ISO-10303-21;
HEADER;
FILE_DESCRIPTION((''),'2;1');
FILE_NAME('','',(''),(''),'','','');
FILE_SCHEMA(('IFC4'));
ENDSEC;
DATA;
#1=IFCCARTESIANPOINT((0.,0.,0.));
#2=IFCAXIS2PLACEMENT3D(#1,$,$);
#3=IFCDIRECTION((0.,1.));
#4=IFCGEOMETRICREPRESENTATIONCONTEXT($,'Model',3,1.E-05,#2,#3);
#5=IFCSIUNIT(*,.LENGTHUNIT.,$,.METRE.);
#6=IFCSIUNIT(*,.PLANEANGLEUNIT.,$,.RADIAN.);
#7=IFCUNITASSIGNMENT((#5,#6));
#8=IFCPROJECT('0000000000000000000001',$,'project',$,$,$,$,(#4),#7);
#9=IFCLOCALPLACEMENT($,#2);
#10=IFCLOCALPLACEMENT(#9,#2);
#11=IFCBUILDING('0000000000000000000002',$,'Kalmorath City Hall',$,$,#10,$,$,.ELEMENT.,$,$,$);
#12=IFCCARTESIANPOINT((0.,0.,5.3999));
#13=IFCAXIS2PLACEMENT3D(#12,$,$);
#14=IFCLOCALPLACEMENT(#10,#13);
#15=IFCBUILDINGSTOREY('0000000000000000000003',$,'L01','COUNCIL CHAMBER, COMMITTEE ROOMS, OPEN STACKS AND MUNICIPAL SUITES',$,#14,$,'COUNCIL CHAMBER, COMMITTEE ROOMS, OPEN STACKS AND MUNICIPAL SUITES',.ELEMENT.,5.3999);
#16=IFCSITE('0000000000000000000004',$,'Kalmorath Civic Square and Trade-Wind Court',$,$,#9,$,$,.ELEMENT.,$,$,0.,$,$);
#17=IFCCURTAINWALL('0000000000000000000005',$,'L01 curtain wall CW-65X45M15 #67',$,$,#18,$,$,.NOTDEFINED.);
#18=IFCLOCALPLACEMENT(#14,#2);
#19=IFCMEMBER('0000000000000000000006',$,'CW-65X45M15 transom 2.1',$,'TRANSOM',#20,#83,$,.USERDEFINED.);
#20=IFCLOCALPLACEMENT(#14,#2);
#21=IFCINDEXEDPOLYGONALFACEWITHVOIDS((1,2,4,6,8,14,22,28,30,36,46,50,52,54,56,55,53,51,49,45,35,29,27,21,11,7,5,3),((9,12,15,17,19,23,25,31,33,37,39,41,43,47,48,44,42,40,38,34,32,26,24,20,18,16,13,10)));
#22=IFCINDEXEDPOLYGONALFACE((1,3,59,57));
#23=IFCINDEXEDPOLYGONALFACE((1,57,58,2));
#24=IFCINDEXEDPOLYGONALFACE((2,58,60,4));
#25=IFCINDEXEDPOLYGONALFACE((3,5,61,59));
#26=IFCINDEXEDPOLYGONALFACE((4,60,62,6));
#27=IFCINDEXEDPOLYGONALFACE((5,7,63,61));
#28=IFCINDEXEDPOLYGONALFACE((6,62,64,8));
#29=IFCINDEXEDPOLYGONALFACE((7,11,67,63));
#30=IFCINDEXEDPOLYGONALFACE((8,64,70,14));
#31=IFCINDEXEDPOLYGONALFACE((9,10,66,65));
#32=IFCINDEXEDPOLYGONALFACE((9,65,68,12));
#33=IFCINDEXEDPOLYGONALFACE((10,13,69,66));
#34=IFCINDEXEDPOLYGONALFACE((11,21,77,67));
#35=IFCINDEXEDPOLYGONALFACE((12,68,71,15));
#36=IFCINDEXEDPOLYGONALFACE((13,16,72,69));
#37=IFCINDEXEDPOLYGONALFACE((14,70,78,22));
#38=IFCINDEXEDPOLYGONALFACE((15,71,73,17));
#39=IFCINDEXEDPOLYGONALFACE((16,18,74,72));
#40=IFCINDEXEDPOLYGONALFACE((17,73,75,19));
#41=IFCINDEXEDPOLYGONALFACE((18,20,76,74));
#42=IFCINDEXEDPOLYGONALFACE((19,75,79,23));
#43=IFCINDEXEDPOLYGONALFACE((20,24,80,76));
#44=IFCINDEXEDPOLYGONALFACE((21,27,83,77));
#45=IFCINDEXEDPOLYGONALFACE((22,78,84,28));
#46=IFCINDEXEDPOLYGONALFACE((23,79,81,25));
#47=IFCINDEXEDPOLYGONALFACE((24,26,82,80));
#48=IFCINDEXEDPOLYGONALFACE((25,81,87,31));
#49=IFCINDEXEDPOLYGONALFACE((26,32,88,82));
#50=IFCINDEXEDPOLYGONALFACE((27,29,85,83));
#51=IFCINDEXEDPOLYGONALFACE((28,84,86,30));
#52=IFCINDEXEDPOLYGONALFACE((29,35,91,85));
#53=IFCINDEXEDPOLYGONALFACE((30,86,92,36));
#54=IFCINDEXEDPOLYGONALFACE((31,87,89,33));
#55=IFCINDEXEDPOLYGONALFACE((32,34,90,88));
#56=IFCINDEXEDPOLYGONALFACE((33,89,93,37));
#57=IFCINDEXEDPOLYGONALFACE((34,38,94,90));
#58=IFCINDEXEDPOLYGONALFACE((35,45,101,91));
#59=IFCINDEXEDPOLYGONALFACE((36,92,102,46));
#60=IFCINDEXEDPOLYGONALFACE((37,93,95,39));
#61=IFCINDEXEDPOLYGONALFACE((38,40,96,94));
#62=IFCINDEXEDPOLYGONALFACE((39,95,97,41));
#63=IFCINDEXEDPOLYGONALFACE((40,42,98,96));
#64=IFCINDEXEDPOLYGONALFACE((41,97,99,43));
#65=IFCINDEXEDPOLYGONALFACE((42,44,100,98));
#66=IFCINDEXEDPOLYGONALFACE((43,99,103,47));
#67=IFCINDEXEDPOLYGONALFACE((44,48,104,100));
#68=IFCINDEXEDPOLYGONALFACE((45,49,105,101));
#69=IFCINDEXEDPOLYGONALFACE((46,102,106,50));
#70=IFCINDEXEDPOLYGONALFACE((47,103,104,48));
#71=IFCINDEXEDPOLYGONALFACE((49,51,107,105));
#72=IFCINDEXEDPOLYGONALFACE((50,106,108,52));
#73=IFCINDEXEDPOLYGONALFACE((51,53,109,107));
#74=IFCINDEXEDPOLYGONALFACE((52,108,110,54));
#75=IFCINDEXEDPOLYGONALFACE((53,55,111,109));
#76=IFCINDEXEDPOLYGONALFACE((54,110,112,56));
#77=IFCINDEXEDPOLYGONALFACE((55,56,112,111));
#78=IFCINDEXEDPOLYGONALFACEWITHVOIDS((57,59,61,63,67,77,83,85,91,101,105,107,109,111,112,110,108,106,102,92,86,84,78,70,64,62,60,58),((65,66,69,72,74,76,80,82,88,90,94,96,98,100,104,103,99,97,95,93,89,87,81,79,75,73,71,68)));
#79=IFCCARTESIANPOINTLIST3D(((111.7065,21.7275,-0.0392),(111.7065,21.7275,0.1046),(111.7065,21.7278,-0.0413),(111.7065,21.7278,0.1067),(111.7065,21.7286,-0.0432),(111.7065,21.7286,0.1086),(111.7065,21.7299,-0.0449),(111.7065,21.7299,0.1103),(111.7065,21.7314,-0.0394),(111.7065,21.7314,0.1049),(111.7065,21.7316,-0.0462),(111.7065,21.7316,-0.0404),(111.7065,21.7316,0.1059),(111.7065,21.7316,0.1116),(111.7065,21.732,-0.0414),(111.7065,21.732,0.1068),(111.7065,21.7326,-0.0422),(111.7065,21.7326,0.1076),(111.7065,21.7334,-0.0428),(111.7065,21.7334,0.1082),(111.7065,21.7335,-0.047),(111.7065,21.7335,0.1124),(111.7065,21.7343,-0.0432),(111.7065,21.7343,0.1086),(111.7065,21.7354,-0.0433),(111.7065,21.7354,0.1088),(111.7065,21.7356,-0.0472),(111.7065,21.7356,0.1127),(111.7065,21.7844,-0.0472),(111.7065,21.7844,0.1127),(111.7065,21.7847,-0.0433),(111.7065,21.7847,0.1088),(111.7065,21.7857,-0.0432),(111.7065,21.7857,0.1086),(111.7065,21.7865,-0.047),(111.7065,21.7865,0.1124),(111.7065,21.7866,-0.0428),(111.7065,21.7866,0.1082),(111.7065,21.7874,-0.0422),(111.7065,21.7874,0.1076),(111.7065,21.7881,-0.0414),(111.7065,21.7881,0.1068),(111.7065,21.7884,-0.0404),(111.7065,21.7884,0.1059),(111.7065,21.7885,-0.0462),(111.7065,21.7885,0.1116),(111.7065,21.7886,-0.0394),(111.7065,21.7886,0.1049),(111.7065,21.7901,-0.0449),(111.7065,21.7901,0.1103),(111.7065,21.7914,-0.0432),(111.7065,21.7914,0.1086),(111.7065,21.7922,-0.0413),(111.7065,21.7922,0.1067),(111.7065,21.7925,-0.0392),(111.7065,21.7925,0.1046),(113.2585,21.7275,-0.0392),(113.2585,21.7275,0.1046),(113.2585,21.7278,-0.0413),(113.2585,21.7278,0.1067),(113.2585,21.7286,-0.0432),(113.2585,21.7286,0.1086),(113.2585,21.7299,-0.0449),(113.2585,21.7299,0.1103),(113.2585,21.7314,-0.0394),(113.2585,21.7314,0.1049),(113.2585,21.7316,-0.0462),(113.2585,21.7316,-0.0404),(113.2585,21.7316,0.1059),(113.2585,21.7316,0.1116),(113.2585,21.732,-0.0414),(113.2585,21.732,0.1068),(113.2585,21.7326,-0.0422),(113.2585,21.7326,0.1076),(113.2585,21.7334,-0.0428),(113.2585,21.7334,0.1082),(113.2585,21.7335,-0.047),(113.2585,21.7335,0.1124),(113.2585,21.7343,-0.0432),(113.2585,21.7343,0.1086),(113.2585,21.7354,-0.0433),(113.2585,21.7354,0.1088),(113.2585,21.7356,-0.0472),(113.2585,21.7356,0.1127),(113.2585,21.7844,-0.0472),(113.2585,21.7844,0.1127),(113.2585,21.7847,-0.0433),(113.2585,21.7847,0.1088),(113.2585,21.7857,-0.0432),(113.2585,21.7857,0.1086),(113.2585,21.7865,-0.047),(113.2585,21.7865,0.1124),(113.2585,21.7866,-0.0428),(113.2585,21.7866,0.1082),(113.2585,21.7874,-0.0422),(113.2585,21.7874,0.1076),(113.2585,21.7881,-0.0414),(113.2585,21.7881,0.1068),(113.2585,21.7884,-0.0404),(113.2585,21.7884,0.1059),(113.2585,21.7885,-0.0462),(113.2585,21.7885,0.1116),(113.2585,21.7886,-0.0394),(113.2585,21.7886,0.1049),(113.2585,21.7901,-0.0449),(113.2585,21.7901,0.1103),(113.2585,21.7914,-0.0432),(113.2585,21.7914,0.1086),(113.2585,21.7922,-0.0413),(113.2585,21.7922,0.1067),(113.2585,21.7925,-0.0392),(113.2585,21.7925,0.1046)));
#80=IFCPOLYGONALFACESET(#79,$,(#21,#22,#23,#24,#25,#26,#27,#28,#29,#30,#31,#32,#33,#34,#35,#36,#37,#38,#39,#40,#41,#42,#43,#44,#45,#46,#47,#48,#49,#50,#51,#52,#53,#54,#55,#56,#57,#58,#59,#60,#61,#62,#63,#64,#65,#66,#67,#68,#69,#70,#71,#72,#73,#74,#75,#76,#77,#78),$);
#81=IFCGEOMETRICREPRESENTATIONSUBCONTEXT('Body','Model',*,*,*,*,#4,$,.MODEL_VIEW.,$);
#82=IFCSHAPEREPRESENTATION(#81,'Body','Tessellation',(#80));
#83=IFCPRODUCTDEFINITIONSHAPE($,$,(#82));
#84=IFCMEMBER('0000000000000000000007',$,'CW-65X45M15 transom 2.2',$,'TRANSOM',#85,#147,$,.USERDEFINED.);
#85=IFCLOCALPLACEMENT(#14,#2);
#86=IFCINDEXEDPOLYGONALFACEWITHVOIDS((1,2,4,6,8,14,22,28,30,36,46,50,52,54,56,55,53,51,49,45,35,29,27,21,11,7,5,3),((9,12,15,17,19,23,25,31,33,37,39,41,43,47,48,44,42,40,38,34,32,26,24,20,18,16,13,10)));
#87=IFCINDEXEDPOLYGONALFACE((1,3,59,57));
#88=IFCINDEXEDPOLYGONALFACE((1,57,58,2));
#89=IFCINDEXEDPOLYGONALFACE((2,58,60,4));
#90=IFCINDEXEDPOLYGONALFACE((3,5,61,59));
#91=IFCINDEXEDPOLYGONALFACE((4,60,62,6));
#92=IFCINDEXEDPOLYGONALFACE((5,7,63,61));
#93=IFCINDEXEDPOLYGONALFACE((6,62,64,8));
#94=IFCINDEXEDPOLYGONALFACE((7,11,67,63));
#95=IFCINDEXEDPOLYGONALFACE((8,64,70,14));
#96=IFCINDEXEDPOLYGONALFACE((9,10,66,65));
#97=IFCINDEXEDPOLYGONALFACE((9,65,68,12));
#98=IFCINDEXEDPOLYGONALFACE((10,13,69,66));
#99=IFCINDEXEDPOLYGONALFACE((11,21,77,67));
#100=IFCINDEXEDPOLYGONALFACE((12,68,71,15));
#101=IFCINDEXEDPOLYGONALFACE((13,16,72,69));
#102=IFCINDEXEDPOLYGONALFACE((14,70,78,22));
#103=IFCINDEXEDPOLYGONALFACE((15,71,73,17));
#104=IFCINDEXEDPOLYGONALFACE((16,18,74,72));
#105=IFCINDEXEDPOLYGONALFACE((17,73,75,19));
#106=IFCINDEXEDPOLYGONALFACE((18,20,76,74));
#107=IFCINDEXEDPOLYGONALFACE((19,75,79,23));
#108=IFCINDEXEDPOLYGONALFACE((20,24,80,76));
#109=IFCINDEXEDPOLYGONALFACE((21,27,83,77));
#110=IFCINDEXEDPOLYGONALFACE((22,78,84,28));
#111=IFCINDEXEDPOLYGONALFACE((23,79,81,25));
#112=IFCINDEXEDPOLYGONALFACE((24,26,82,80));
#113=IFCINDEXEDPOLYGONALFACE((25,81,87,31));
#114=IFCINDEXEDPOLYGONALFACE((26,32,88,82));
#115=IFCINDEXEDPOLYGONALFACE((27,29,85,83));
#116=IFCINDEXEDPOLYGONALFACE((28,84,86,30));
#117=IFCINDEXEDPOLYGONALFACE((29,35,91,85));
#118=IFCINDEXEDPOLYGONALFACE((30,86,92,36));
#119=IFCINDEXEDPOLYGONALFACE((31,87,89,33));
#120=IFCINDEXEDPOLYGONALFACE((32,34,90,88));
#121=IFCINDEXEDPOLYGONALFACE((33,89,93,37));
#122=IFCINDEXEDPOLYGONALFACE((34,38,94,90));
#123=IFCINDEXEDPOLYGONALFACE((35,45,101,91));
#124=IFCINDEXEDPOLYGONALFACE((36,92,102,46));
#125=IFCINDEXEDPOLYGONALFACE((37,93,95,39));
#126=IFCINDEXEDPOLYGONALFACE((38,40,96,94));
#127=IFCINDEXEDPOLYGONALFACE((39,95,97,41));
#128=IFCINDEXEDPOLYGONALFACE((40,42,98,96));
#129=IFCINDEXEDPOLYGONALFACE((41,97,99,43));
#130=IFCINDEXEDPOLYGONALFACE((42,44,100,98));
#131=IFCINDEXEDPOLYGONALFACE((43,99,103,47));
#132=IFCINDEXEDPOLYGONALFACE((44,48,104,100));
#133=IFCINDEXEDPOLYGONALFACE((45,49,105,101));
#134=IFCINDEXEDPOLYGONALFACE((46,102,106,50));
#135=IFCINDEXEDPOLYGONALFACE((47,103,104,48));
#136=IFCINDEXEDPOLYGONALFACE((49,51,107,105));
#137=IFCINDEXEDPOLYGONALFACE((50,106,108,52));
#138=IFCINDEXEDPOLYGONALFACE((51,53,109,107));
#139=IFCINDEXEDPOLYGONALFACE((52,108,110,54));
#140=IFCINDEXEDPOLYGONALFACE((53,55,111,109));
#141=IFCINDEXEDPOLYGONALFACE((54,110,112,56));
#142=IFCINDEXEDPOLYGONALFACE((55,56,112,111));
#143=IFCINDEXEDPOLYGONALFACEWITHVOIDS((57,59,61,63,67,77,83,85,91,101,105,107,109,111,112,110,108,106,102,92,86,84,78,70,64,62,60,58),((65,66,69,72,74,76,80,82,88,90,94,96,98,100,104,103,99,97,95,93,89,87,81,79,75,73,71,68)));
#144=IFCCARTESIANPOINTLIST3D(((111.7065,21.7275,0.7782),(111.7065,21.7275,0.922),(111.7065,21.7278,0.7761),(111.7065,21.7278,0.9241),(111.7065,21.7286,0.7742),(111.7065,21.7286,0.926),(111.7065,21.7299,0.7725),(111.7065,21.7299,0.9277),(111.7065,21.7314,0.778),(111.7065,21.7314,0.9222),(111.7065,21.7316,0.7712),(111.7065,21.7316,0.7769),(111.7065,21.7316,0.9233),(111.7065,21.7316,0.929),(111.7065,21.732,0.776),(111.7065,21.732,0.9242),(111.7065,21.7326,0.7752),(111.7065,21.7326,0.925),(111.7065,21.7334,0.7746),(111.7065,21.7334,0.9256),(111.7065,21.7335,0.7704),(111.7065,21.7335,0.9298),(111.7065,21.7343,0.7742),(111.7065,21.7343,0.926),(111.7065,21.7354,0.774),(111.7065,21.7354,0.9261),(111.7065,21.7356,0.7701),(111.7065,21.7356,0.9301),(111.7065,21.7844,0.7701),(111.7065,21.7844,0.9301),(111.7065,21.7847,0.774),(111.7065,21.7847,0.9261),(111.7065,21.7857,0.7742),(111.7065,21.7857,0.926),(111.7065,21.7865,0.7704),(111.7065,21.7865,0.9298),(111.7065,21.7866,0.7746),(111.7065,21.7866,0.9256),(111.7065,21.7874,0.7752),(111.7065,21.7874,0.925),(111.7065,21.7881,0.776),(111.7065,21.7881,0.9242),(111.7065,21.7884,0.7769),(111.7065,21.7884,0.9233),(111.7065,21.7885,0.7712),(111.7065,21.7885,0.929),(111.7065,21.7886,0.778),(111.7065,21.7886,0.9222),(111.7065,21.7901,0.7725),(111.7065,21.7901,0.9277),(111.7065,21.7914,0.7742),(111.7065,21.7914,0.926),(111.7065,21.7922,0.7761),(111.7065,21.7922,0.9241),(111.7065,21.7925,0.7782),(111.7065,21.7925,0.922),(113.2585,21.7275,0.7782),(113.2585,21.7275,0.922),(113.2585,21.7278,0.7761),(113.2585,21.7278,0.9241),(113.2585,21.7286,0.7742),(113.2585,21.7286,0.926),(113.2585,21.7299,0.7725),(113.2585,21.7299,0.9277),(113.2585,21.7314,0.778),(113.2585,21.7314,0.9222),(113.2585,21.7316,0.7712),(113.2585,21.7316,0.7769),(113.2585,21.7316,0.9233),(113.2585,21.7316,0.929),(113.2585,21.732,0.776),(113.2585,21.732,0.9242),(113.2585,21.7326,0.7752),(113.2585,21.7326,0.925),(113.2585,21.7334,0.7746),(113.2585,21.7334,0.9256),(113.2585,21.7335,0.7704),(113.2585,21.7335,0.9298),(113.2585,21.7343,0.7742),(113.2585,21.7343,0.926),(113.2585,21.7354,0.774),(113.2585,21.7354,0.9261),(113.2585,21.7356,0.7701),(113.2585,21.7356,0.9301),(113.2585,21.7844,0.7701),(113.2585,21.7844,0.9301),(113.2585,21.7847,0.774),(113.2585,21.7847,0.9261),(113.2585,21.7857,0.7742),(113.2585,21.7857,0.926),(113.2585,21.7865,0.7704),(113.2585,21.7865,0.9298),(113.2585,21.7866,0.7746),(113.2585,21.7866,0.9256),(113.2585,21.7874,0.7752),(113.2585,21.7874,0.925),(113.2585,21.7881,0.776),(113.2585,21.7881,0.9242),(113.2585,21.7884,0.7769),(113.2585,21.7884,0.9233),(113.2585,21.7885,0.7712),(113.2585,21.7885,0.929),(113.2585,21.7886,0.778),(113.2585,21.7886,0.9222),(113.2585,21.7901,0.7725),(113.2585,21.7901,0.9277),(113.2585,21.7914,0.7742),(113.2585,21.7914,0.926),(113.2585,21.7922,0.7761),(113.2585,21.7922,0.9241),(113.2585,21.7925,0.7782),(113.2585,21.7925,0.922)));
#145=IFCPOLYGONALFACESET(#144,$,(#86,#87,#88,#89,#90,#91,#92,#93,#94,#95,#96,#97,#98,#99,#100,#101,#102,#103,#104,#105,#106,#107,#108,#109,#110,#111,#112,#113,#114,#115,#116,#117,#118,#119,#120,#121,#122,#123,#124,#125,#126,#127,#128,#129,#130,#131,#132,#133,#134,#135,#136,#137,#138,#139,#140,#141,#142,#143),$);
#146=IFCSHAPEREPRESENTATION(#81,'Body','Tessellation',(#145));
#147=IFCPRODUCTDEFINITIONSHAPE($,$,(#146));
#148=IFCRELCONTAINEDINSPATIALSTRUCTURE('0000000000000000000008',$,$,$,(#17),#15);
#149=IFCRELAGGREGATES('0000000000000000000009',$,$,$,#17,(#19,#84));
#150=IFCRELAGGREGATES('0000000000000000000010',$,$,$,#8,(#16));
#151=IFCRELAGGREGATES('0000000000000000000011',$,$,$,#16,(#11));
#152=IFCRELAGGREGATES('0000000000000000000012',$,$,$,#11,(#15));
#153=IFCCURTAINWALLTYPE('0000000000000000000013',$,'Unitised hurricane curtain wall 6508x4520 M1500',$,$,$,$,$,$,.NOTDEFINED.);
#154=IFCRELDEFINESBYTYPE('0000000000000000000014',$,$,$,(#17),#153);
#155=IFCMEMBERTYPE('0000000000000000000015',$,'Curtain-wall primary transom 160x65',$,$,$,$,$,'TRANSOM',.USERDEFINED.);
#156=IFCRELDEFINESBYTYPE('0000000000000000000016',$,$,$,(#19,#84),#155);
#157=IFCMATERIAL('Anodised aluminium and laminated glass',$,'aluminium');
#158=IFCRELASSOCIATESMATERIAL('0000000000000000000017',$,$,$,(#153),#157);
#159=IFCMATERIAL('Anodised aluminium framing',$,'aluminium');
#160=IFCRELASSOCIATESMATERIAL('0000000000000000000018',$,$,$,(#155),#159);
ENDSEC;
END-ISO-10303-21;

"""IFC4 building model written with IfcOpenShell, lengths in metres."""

from ifc_helpers import new_model, si_unit, direction, frame, origin, origin_2d, place, context, subcontext, project, spatial, hollow_rectangle, extrude, material, material_profile, profile_set, type_object, element, aggregate, save


model = new_model("IFC4")

# Units and contexts
model_context = context("Model", 3, precision=1e-05, world=origin(), true_north=direction((0.0, 1.0)))
body_context = subcontext(model_context, "Body", "Model", "MODEL_VIEW")
ifc_project = project(units=[si_unit("LENGTHUNIT", "METRE"), si_unit("PLANEANGLEUNIT", "RADIAN")], contexts=[model_context])

# Site, building, storey
site_placement = place(None, origin())
site = spatial("IfcSite", under=ifc_project, at=site_placement, Name="Kalmorath Civic Square and Trade-Wind Court", CompositionType="ELEMENT", RefElevation=0.0)
building_placement = place(site_placement, origin())
building = spatial("IfcBuilding", under=site, at=building_placement, Name="Kalmorath City Hall", CompositionType="ELEMENT")
storey_placement = place(building_placement, frame((0.0, 0.0, 5.3999)))
storey = spatial("IfcBuildingStorey", under=building, at=storey_placement, Name="L01", Description="COUNCIL CHAMBER, COMMITTEE ROOMS, OPEN STACKS AND MUNICIPAL SUITES", LongName="COUNCIL CHAMBER, COMMITTEE ROOMS, OPEN STACKS AND MUNICIPAL SUITES", CompositionType="ELEMENT", Elevation=5.3999)

# Curtain wall, members
ifc_material_1 = material(Name="Anodised aluminium and laminated glass", Category="aluminium")
curtain_wall_type = type_object("IfcCurtainWallType", Name="Unitised hurricane curtain wall 6508x4520 M1500", PredefinedType="NOTDEFINED", material=ifc_material_1)
curtain_wall_placement = place(storey_placement, origin())
curtain_wall = element("IfcCurtainWall", 1, at=curtain_wall_placement, inside=storey, type_object=curtain_wall_type, Name="L01 curtain wall CW-65X45M15 #67", PredefinedType="NOTDEFINED")
ifc_material_2 = material(Name="Anodised aluminium framing", Category="aluminium")
ifc_material_profile_1 = material_profile(ifc_material_2, hollow_rectangle(XDim=0.0649, YDim=0.1599, WallThickness=0.0039, InnerFilletRadius=0.0039, OuterFilletRadius=0.0081, at=origin_2d()), Name="ALU-TRN-160X65X4")
ifc_profile_set_1 = profile_set([ifc_material_profile_1], Name="Anodised aluminium framing")
member_type_1 = type_object("IfcMemberType", Name="Curtain-wall primary transom 160x65", ElementType="TRANSOM", PredefinedType="USERDEFINED", material=ifc_profile_set_1)
member_1_placement = place(storey_placement, frame((113.2585, 21.76, 0.0327), z_axis=(-1.0, 0.0, 0.0), x_axis=(0.0, -1.0, 0.0)))
member_1 = element("IfcMember", 2, at=member_1_placement, type_object=member_type_1, Name="CW-65X45M15 transom 2.1", ObjectType="TRANSOM", PredefinedType="USERDEFINED", context=body_context, shape_type="SweptSolid", body=[
    extrude(hollow_rectangle(XDim=0.0649, YDim=0.1599, WallThickness=0.0039, InnerFilletRadius=0.0039, OuterFilletRadius=0.0081, at=origin_2d()), origin(), (0.0, 0.0, 1.0), 1.552),
])
member_2_placement = place(storey_placement, frame((113.2585, 21.76, 0.8501), z_axis=(-1.0, 0.0, 0.0), x_axis=(0.0, -1.0, 0.0)))
member_2 = element("IfcMember", 3, at=member_2_placement, type_object=member_type_1, Name="CW-65X45M15 transom 2.2", ObjectType="TRANSOM", PredefinedType="USERDEFINED", context=body_context, shape_type="SweptSolid", body=[
    extrude(hollow_rectangle(XDim=0.0649, YDim=0.1599, WallThickness=0.0039, InnerFilletRadius=0.0039, OuterFilletRadius=0.0081, at=origin_2d()), origin(), (0.0, 0.0, 1.0), 1.552),
])
aggregate(curtain_wall, [member_1, member_2])

save(model, "model.ifc")
